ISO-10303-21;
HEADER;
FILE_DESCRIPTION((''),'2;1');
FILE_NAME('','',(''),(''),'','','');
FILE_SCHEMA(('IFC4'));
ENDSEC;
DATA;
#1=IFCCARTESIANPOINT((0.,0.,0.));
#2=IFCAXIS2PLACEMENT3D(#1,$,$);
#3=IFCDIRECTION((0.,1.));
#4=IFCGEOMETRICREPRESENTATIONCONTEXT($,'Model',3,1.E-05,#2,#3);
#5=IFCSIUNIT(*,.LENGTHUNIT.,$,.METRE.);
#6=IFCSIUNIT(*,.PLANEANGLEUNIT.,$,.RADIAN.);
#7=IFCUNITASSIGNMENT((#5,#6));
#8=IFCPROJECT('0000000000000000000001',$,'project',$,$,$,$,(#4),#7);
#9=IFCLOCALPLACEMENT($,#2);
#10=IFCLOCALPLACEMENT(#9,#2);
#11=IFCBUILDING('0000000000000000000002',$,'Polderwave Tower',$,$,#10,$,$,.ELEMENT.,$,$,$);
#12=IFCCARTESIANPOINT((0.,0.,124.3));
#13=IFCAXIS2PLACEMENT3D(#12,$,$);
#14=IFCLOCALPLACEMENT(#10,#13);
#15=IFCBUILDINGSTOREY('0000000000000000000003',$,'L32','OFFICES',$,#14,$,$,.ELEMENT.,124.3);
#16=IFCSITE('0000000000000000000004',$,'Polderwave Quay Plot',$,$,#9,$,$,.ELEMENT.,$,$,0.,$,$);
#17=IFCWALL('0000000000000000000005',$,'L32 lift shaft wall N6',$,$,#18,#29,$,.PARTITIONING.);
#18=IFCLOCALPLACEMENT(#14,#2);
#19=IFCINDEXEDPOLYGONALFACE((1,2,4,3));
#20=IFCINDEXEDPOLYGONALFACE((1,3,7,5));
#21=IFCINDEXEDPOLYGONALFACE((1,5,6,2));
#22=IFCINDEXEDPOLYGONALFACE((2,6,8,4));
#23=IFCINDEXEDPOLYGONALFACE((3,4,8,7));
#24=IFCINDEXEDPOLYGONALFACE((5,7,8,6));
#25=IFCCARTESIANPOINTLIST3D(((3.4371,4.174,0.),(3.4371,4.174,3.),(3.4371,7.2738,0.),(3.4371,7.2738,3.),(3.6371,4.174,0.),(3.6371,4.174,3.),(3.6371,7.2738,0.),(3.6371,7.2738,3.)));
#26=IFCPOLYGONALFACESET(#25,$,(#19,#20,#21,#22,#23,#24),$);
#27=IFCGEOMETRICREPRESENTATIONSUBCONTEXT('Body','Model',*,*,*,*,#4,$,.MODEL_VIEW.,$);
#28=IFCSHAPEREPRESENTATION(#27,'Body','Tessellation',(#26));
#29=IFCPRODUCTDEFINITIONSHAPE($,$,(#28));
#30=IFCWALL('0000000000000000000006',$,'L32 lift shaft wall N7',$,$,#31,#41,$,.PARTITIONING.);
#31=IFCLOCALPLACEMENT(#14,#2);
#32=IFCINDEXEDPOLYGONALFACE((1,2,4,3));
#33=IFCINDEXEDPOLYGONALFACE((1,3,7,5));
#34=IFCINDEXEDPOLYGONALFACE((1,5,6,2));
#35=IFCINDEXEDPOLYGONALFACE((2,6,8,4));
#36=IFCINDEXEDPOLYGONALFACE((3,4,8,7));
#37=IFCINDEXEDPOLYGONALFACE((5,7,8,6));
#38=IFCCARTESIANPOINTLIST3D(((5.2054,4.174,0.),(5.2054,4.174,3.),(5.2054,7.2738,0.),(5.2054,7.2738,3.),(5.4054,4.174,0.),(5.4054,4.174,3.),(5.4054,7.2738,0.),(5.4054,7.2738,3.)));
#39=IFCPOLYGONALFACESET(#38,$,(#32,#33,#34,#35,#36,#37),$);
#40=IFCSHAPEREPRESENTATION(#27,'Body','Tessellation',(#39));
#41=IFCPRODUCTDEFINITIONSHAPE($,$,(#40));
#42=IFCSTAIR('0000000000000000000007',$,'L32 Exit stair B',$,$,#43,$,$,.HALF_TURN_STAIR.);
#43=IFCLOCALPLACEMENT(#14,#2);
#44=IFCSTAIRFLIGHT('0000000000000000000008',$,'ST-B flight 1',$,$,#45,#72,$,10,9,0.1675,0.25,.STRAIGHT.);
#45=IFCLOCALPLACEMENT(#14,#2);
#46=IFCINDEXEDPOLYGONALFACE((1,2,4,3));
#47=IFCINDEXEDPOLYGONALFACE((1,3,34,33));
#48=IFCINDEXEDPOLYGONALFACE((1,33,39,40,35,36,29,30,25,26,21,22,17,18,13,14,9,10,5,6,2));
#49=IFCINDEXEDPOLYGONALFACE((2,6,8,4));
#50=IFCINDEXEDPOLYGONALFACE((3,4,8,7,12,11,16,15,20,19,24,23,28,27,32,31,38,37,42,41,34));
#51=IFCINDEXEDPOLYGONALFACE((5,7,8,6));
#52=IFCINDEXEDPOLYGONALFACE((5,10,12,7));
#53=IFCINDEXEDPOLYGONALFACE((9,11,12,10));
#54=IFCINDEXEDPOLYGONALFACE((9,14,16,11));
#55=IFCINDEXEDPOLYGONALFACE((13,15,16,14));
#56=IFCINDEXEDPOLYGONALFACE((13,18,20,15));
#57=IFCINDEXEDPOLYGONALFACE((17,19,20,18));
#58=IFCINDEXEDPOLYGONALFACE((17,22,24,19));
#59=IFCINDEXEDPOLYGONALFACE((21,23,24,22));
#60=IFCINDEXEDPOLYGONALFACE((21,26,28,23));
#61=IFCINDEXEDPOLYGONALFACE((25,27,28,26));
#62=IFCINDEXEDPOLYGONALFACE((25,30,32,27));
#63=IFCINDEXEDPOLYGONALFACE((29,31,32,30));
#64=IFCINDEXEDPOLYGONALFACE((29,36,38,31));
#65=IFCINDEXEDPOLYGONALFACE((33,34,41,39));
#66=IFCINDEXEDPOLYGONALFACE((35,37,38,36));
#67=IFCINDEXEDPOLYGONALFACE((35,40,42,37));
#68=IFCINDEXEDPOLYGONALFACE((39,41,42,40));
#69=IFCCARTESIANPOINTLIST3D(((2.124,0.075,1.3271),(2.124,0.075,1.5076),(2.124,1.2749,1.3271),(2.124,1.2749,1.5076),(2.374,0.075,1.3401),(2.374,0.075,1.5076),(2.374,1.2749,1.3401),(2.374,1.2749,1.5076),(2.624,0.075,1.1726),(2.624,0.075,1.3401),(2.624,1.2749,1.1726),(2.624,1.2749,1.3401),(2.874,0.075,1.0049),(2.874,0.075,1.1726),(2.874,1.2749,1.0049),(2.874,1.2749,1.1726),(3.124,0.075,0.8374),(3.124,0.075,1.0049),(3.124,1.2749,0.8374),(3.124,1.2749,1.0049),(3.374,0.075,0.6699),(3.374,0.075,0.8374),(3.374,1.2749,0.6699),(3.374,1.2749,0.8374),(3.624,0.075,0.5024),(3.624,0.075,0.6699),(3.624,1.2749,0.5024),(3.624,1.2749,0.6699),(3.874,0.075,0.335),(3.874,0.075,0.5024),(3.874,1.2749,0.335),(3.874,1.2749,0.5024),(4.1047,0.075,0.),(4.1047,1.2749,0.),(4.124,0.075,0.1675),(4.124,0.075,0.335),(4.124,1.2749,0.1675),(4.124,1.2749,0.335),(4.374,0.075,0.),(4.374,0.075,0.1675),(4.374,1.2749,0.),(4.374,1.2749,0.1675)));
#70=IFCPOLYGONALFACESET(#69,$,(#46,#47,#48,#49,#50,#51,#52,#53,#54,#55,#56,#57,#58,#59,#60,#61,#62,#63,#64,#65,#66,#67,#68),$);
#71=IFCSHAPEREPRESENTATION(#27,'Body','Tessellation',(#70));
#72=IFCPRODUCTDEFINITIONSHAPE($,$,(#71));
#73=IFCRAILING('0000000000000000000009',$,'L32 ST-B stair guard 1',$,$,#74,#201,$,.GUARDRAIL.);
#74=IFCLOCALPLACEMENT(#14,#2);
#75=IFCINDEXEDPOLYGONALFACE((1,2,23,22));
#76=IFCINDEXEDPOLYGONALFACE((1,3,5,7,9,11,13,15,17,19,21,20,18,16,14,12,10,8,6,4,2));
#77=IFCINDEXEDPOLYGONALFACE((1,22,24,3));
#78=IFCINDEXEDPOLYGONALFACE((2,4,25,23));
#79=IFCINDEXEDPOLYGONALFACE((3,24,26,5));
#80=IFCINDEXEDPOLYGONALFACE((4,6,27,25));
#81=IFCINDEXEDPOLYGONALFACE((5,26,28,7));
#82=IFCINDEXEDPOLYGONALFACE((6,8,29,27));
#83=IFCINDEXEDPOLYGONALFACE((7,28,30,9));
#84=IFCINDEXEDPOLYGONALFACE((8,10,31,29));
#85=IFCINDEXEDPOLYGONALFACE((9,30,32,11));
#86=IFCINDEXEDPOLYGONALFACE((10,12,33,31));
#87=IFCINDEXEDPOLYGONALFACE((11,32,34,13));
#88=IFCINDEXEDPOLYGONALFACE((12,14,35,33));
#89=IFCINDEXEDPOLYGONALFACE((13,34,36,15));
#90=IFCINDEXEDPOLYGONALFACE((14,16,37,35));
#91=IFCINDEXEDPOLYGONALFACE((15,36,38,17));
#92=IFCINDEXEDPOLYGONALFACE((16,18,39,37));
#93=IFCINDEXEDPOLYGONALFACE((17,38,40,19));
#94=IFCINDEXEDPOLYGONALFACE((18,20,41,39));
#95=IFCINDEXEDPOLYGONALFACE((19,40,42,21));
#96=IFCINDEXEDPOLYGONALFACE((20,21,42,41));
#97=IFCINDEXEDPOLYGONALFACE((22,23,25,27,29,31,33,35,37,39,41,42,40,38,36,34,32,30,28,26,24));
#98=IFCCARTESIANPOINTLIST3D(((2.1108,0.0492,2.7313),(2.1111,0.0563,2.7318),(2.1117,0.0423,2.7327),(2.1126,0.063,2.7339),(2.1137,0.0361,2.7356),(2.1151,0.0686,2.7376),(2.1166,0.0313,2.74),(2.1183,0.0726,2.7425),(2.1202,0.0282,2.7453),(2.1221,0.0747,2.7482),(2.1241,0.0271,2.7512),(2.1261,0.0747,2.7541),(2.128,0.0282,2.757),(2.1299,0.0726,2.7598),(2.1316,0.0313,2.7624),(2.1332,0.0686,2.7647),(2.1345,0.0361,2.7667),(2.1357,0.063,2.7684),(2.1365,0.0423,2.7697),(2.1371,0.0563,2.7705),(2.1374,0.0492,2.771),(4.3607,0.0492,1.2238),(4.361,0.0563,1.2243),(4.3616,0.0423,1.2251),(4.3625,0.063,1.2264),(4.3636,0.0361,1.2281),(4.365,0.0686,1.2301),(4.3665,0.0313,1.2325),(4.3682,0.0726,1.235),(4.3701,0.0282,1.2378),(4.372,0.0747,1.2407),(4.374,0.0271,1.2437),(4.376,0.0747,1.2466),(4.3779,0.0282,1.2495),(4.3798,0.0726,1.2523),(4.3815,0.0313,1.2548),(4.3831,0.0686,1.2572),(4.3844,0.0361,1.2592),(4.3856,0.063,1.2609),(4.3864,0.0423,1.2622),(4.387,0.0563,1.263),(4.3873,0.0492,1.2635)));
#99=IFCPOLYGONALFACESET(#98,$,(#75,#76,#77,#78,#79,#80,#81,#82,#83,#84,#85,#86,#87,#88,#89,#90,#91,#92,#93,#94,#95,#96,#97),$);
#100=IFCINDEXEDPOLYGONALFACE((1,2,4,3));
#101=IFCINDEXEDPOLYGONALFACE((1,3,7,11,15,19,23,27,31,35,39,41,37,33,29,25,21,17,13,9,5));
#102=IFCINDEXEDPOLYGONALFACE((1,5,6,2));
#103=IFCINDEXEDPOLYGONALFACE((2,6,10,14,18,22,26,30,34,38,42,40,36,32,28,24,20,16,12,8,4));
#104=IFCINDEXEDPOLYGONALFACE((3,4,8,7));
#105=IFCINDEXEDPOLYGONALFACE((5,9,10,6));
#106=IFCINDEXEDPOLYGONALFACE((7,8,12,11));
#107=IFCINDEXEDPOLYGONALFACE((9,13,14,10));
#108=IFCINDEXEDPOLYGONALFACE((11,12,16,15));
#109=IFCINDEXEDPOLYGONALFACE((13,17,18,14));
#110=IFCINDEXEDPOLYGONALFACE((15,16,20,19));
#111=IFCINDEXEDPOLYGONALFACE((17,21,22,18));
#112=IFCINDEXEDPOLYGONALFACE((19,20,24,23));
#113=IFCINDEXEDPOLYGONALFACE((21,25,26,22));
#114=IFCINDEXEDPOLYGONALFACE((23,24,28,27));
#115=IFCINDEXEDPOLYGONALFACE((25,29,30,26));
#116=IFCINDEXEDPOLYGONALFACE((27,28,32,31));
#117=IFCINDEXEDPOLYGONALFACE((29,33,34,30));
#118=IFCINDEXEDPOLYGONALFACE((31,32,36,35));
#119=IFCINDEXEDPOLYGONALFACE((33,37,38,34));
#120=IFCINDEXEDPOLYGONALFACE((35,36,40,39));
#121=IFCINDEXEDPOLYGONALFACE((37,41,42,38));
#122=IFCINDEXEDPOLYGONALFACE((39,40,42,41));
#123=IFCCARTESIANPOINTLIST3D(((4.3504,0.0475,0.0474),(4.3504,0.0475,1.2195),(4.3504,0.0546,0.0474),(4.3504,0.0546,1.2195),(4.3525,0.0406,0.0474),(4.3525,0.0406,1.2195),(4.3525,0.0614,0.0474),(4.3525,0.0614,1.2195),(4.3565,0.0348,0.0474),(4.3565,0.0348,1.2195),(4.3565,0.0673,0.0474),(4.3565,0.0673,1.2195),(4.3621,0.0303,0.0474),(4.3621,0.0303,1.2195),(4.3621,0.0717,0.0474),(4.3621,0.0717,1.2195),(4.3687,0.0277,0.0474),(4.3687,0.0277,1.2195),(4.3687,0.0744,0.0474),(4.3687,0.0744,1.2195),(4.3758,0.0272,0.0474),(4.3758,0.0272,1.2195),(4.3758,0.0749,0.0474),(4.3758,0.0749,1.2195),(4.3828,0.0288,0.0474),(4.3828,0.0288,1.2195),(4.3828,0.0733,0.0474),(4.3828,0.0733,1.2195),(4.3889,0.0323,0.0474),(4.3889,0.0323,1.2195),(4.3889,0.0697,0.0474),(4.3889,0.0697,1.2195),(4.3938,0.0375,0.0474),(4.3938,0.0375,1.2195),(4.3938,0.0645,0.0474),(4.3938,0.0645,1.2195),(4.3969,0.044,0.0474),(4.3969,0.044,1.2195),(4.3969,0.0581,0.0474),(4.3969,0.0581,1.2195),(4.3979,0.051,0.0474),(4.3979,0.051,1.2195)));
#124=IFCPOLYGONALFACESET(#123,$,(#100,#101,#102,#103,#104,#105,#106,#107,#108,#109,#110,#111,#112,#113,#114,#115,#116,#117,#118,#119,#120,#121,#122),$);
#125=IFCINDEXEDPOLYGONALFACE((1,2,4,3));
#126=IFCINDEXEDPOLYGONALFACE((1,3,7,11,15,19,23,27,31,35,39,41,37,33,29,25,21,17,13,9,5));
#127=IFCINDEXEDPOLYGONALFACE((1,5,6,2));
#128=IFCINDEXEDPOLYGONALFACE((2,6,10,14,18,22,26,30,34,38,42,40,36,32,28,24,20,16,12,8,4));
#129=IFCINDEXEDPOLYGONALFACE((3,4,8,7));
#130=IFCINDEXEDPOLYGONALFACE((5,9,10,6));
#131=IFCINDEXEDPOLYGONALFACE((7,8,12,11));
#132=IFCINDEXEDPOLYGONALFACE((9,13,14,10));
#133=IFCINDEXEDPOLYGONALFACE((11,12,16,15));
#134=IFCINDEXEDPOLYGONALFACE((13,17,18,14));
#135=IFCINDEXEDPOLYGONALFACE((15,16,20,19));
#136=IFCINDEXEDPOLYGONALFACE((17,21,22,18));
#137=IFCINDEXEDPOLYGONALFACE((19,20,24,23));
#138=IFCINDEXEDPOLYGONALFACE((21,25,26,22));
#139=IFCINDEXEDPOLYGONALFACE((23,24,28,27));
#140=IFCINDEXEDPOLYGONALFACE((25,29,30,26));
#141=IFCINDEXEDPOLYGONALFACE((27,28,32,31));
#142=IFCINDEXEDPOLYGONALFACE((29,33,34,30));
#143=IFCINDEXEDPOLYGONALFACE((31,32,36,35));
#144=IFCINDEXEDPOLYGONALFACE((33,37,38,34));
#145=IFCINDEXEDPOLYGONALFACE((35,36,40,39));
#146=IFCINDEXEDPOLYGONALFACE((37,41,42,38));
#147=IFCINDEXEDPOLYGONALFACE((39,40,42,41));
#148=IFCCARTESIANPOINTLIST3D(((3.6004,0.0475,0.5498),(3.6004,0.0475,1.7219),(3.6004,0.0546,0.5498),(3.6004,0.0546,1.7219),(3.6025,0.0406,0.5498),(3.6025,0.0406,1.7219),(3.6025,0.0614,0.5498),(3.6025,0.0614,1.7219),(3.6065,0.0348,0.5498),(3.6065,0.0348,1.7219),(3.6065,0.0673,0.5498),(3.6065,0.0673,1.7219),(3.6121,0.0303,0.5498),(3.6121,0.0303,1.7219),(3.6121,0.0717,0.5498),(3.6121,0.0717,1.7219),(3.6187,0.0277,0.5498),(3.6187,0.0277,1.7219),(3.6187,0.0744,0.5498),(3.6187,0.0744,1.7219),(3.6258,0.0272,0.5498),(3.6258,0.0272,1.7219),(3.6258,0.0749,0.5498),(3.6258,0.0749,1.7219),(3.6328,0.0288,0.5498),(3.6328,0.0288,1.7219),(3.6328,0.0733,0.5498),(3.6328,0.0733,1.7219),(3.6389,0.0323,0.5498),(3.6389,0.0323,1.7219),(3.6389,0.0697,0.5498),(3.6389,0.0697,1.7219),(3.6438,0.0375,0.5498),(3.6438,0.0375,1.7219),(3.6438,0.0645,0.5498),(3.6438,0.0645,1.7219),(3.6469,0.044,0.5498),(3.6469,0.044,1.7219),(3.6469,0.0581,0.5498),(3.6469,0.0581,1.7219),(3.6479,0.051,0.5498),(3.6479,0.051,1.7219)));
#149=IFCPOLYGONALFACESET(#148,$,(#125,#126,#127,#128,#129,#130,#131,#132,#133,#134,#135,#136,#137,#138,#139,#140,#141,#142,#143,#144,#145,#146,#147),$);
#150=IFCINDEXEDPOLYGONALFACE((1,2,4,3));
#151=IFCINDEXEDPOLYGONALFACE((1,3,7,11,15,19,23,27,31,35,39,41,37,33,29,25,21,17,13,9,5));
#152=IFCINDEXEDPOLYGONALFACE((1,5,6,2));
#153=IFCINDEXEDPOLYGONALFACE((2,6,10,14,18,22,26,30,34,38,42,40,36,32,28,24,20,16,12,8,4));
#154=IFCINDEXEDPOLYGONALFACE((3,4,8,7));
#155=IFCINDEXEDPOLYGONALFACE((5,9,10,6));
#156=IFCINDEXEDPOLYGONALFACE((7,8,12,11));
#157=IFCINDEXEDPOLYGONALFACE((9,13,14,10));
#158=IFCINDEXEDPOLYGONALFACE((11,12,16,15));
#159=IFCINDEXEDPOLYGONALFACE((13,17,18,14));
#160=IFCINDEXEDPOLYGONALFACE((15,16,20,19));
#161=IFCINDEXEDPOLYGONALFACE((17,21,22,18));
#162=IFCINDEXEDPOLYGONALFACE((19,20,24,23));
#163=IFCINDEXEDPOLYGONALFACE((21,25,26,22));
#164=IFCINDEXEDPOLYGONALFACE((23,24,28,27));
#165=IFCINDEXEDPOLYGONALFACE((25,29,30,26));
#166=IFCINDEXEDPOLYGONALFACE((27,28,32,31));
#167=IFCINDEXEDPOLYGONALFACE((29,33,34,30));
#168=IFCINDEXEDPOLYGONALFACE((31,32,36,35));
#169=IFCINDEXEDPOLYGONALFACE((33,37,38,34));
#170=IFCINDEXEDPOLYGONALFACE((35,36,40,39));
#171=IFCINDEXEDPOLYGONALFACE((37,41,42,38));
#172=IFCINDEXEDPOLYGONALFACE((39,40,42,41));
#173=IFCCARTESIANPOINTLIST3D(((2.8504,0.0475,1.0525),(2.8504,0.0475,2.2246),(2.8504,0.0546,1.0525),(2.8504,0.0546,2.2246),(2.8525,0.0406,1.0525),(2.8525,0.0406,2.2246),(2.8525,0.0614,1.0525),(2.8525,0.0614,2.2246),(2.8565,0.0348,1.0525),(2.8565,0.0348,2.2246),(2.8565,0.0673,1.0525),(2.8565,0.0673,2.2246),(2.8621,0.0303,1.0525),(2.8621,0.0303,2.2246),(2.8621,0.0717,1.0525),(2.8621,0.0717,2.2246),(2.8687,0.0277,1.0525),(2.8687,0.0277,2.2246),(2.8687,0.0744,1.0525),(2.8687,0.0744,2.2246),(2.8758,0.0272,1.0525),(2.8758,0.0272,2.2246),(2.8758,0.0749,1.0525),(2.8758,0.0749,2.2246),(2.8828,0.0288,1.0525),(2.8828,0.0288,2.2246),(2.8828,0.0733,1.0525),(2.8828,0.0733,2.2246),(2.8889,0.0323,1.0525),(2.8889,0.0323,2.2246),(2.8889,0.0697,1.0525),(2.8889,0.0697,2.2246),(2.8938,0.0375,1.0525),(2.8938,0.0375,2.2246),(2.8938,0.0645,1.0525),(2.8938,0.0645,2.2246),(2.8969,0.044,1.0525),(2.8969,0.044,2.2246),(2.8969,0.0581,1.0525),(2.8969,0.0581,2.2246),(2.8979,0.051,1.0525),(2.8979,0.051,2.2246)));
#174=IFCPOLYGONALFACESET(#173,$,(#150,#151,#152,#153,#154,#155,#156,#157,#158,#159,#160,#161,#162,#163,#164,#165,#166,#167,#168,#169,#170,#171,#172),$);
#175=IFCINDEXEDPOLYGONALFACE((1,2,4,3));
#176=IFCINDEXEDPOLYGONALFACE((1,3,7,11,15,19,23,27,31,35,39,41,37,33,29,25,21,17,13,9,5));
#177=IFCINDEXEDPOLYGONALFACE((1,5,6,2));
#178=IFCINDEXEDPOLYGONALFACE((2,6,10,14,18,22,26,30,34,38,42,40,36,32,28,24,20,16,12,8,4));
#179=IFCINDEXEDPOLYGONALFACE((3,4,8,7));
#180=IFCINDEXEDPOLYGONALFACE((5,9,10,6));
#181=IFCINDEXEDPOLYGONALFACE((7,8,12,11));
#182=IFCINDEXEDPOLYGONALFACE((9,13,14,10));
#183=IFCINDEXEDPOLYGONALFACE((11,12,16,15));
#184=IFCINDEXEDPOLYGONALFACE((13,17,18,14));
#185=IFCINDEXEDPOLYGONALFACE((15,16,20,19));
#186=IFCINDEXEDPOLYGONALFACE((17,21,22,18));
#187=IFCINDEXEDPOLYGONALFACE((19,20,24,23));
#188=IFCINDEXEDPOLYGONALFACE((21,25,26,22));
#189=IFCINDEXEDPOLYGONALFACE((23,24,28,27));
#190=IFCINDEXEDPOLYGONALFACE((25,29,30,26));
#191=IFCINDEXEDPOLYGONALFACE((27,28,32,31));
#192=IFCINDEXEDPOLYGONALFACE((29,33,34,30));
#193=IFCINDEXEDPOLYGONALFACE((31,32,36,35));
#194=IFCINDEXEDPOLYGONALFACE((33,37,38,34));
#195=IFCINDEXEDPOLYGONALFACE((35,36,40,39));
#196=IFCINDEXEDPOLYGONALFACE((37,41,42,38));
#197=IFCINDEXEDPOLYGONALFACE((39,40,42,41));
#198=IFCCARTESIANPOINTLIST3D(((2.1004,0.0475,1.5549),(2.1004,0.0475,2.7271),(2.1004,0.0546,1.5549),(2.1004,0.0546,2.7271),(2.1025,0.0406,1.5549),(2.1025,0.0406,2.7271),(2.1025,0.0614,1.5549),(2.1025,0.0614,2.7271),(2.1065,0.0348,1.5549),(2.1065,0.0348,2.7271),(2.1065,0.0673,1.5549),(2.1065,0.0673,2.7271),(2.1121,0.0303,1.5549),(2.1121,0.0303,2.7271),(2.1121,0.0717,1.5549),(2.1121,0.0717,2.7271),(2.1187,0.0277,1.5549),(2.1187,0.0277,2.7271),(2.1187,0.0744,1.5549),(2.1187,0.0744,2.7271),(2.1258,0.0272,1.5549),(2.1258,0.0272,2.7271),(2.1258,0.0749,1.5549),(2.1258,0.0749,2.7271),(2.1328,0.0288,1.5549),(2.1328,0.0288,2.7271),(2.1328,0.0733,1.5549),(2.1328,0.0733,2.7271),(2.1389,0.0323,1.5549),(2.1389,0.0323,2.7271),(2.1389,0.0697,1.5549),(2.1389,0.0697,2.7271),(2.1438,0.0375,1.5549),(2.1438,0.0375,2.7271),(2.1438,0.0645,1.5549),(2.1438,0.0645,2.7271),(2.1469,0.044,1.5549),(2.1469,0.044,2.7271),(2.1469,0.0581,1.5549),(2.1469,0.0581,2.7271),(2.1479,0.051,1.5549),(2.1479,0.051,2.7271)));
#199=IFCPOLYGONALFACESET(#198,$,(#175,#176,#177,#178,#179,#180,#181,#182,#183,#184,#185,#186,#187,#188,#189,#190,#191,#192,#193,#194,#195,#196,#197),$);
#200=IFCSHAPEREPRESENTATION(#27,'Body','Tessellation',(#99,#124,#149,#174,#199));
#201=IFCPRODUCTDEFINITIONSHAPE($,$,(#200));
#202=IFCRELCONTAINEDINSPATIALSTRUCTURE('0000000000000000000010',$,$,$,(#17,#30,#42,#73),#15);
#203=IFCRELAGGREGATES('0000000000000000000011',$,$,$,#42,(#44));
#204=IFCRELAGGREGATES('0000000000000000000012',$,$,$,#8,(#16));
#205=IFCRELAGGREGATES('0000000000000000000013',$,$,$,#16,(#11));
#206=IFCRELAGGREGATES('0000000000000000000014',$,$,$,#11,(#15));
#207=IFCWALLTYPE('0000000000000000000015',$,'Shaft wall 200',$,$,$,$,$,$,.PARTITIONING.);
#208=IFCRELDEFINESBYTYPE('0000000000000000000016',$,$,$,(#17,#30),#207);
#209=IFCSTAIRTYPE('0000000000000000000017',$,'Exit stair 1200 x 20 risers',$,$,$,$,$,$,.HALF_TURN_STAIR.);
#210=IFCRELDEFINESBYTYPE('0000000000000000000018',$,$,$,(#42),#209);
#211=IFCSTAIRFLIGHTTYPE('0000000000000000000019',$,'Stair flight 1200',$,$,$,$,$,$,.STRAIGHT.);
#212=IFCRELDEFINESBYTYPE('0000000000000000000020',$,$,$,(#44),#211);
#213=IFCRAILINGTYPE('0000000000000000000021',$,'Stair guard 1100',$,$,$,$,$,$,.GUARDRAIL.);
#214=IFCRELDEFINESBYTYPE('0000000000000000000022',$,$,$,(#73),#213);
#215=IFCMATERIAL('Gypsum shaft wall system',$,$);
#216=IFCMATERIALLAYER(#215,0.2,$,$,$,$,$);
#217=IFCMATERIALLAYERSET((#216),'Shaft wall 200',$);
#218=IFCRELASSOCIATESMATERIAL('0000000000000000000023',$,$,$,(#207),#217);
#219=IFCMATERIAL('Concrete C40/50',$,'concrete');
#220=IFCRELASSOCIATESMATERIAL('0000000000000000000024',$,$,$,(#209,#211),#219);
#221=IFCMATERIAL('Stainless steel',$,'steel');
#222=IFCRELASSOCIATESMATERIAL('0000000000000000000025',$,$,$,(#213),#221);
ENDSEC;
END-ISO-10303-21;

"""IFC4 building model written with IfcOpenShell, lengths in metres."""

from ifc_helpers import new_model, si_unit, direction, frame, frame_2d, origin, origin_2d, place, context, subcontext, project, spatial, polyline, rectangle, circle, outline, extrude, material, layer, layer_set, type_object, element, aggregate, save


model = new_model("IFC4")

# Units and contexts
model_context = context("Model", 3, precision=1e-05, world=origin(), true_north=direction((0.0, 1.0)))
body_context = subcontext(model_context, "Body", "Model", "MODEL_VIEW")
ifc_project = project(units=[si_unit("LENGTHUNIT", "METRE"), si_unit("PLANEANGLEUNIT", "RADIAN")], contexts=[model_context])

# Site, building, storey
site_placement = place(None, origin())
site = spatial("IfcSite", under=ifc_project, at=site_placement, Name="Polderwave Quay Plot", CompositionType="ELEMENT", RefElevation=0.0)
building_placement = place(site_placement, origin())
building = spatial("IfcBuilding", under=site, at=building_placement, Name="Polderwave Tower", CompositionType="ELEMENT")
storey_placement = place(building_placement, frame((0.0, 0.0, 124.3)))
storey = spatial("IfcBuildingStorey", under=building, at=storey_placement, Name="L32", Description="OFFICES", CompositionType="ELEMENT", Elevation=124.3)

# Shared definitions
ifc_material_1 = material(Name="Stainless steel", Category="steel")

# Walls
ifc_material_2 = material(Name="Gypsum shaft wall system")
ifc_layer_1 = layer(ifc_material_2, 0.2)
ifc_layer_set_1 = layer_set([ifc_layer_1], Name="Shaft wall 200")
wall_type_1 = type_object("IfcWallType", Name="Shaft wall 200", PredefinedType="PARTITIONING", material=ifc_layer_set_1)
for number, where, z_axis, x_axis, name in (
    (1, (3.5371, 4.1741, 0.0), (0.0, 0.0, 1.0), (0.0, 1.0, 0.0), "L32 lift shaft wall N6"),
    (2, (5.3054, 4.1741, 0.0), (0.0, 0.0, 1.0), (0.0, 1.0, 0.0), "L32 lift shaft wall N7"),
):
    element("IfcWall", number, at=place(storey_placement, frame(where, z_axis=z_axis, x_axis=x_axis)), inside=storey, type_object=wall_type_1, Name=name, PredefinedType="PARTITIONING", context=body_context, shape_type="SweptSolid", body=[
        extrude(rectangle(XDim=3.0999, YDim=0.2, at=frame_2d((1.5498, 0.0))), origin(), (0.0, 0.0, 1.0), 3.0),
    ])

# Stair, stair flight
ifc_material_3 = material(Name="Concrete C40/50", Category="concrete")
stair_type = type_object("IfcStairType", Name="Exit stair 1200 x 20 risers", PredefinedType="HALF_TURN_STAIR", material=ifc_material_3)
stair_placement = place(storey_placement, origin())
stair = element("IfcStair", 3, at=stair_placement, inside=storey, type_object=stair_type, Name="L32 Exit stair B", PredefinedType="HALF_TURN_STAIR")
stair_flight_type = type_object("IfcStairFlightType", Name="Stair flight 1200", PredefinedType="STRAIGHT", material=ifc_material_3)
stair_flight_placement = place(storey_placement, frame((4.374, 0.675, 0.0), z_axis=(0.0, 0.0, 1.0), x_axis=(-1.0, 0.0, 0.0)))
stair_flight = element("IfcStairFlight", 4, at=stair_flight_placement, type_object=stair_flight_type, Name="ST-B flight 1", NumberOfRisers=10, NumberOfTreads=9, PredefinedType="STRAIGHT", RiserHeight=0.1675, TreadLength=0.25, context=body_context, shape_type="SweptSolid", body=[
    extrude(outline(polyline([(0.0, 0.0), (0.0, 0.1675), (0.25, 0.1675), (0.25, 0.335), (0.5, 0.335), (0.5, 0.5024), (0.75, 0.5024), (0.75, 0.6699), (1.0, 0.6699), (1.0, 0.8374), (1.25, 0.8374), (1.25, 1.0049), (1.5, 1.0049), (1.5, 1.1726), (1.75, 1.1726), (1.75, 1.3401), (2.0, 1.3401), (2.0, 1.5076), (2.25, 1.5076), (2.25, 1.675), (2.25, 1.3271), (0.2693, 0.0), (0.0, 0.0)])), frame((0.0, 0.6001, 0.0), z_axis=(0.0, -1.0, 0.0), x_axis=(1.0, 0.0, 0.0)), (0.0, 0.0, 1.0), 1.2),
])
aggregate(stair, [stair_flight])

# Railing
railing_type_1 = type_object("IfcRailingType", Name="Stair guard 1100", PredefinedType="GUARDRAIL", material=ifc_material_1)
railing_1_placement = place(storey_placement, frame((4.374, 0.051, 0.0474)))
element("IfcRailing", 5, at=railing_1_placement, inside=storey, type_object=railing_type_1, Name="L32 ST-B stair guard 1", PredefinedType="GUARDRAIL", context=body_context, shape_type="SweptSolid", body=[
    extrude(circle(Radius=0.0239, at=origin_2d()), frame((0.0, 0.0, 1.1963), z_axis=(-0.830758, 0.0, 0.556633), x_axis=(0.0, -1.0, 0.0)), (0.0, 0.0, 1.0), 2.7083),
    extrude(circle(Radius=0.0239, at=origin_2d()), origin(), (0.0, 0.0, 1.0), 1.1721),
    extrude(circle(Radius=0.0239, at=origin_2d()), frame((-0.75, 0.0, 0.5024)), (0.0, 0.0, 1.0), 1.1721),
    extrude(circle(Radius=0.0239, at=origin_2d()), frame((-1.5, 0.0, 1.0051)), (0.0, 0.0, 1.0), 1.1721),
    extrude(circle(Radius=0.0239, at=origin_2d()), frame((-2.25, 0.0, 1.5076)), (0.0, 0.0, 1.0), 1.1721),
])

save(model, "model.ifc")
